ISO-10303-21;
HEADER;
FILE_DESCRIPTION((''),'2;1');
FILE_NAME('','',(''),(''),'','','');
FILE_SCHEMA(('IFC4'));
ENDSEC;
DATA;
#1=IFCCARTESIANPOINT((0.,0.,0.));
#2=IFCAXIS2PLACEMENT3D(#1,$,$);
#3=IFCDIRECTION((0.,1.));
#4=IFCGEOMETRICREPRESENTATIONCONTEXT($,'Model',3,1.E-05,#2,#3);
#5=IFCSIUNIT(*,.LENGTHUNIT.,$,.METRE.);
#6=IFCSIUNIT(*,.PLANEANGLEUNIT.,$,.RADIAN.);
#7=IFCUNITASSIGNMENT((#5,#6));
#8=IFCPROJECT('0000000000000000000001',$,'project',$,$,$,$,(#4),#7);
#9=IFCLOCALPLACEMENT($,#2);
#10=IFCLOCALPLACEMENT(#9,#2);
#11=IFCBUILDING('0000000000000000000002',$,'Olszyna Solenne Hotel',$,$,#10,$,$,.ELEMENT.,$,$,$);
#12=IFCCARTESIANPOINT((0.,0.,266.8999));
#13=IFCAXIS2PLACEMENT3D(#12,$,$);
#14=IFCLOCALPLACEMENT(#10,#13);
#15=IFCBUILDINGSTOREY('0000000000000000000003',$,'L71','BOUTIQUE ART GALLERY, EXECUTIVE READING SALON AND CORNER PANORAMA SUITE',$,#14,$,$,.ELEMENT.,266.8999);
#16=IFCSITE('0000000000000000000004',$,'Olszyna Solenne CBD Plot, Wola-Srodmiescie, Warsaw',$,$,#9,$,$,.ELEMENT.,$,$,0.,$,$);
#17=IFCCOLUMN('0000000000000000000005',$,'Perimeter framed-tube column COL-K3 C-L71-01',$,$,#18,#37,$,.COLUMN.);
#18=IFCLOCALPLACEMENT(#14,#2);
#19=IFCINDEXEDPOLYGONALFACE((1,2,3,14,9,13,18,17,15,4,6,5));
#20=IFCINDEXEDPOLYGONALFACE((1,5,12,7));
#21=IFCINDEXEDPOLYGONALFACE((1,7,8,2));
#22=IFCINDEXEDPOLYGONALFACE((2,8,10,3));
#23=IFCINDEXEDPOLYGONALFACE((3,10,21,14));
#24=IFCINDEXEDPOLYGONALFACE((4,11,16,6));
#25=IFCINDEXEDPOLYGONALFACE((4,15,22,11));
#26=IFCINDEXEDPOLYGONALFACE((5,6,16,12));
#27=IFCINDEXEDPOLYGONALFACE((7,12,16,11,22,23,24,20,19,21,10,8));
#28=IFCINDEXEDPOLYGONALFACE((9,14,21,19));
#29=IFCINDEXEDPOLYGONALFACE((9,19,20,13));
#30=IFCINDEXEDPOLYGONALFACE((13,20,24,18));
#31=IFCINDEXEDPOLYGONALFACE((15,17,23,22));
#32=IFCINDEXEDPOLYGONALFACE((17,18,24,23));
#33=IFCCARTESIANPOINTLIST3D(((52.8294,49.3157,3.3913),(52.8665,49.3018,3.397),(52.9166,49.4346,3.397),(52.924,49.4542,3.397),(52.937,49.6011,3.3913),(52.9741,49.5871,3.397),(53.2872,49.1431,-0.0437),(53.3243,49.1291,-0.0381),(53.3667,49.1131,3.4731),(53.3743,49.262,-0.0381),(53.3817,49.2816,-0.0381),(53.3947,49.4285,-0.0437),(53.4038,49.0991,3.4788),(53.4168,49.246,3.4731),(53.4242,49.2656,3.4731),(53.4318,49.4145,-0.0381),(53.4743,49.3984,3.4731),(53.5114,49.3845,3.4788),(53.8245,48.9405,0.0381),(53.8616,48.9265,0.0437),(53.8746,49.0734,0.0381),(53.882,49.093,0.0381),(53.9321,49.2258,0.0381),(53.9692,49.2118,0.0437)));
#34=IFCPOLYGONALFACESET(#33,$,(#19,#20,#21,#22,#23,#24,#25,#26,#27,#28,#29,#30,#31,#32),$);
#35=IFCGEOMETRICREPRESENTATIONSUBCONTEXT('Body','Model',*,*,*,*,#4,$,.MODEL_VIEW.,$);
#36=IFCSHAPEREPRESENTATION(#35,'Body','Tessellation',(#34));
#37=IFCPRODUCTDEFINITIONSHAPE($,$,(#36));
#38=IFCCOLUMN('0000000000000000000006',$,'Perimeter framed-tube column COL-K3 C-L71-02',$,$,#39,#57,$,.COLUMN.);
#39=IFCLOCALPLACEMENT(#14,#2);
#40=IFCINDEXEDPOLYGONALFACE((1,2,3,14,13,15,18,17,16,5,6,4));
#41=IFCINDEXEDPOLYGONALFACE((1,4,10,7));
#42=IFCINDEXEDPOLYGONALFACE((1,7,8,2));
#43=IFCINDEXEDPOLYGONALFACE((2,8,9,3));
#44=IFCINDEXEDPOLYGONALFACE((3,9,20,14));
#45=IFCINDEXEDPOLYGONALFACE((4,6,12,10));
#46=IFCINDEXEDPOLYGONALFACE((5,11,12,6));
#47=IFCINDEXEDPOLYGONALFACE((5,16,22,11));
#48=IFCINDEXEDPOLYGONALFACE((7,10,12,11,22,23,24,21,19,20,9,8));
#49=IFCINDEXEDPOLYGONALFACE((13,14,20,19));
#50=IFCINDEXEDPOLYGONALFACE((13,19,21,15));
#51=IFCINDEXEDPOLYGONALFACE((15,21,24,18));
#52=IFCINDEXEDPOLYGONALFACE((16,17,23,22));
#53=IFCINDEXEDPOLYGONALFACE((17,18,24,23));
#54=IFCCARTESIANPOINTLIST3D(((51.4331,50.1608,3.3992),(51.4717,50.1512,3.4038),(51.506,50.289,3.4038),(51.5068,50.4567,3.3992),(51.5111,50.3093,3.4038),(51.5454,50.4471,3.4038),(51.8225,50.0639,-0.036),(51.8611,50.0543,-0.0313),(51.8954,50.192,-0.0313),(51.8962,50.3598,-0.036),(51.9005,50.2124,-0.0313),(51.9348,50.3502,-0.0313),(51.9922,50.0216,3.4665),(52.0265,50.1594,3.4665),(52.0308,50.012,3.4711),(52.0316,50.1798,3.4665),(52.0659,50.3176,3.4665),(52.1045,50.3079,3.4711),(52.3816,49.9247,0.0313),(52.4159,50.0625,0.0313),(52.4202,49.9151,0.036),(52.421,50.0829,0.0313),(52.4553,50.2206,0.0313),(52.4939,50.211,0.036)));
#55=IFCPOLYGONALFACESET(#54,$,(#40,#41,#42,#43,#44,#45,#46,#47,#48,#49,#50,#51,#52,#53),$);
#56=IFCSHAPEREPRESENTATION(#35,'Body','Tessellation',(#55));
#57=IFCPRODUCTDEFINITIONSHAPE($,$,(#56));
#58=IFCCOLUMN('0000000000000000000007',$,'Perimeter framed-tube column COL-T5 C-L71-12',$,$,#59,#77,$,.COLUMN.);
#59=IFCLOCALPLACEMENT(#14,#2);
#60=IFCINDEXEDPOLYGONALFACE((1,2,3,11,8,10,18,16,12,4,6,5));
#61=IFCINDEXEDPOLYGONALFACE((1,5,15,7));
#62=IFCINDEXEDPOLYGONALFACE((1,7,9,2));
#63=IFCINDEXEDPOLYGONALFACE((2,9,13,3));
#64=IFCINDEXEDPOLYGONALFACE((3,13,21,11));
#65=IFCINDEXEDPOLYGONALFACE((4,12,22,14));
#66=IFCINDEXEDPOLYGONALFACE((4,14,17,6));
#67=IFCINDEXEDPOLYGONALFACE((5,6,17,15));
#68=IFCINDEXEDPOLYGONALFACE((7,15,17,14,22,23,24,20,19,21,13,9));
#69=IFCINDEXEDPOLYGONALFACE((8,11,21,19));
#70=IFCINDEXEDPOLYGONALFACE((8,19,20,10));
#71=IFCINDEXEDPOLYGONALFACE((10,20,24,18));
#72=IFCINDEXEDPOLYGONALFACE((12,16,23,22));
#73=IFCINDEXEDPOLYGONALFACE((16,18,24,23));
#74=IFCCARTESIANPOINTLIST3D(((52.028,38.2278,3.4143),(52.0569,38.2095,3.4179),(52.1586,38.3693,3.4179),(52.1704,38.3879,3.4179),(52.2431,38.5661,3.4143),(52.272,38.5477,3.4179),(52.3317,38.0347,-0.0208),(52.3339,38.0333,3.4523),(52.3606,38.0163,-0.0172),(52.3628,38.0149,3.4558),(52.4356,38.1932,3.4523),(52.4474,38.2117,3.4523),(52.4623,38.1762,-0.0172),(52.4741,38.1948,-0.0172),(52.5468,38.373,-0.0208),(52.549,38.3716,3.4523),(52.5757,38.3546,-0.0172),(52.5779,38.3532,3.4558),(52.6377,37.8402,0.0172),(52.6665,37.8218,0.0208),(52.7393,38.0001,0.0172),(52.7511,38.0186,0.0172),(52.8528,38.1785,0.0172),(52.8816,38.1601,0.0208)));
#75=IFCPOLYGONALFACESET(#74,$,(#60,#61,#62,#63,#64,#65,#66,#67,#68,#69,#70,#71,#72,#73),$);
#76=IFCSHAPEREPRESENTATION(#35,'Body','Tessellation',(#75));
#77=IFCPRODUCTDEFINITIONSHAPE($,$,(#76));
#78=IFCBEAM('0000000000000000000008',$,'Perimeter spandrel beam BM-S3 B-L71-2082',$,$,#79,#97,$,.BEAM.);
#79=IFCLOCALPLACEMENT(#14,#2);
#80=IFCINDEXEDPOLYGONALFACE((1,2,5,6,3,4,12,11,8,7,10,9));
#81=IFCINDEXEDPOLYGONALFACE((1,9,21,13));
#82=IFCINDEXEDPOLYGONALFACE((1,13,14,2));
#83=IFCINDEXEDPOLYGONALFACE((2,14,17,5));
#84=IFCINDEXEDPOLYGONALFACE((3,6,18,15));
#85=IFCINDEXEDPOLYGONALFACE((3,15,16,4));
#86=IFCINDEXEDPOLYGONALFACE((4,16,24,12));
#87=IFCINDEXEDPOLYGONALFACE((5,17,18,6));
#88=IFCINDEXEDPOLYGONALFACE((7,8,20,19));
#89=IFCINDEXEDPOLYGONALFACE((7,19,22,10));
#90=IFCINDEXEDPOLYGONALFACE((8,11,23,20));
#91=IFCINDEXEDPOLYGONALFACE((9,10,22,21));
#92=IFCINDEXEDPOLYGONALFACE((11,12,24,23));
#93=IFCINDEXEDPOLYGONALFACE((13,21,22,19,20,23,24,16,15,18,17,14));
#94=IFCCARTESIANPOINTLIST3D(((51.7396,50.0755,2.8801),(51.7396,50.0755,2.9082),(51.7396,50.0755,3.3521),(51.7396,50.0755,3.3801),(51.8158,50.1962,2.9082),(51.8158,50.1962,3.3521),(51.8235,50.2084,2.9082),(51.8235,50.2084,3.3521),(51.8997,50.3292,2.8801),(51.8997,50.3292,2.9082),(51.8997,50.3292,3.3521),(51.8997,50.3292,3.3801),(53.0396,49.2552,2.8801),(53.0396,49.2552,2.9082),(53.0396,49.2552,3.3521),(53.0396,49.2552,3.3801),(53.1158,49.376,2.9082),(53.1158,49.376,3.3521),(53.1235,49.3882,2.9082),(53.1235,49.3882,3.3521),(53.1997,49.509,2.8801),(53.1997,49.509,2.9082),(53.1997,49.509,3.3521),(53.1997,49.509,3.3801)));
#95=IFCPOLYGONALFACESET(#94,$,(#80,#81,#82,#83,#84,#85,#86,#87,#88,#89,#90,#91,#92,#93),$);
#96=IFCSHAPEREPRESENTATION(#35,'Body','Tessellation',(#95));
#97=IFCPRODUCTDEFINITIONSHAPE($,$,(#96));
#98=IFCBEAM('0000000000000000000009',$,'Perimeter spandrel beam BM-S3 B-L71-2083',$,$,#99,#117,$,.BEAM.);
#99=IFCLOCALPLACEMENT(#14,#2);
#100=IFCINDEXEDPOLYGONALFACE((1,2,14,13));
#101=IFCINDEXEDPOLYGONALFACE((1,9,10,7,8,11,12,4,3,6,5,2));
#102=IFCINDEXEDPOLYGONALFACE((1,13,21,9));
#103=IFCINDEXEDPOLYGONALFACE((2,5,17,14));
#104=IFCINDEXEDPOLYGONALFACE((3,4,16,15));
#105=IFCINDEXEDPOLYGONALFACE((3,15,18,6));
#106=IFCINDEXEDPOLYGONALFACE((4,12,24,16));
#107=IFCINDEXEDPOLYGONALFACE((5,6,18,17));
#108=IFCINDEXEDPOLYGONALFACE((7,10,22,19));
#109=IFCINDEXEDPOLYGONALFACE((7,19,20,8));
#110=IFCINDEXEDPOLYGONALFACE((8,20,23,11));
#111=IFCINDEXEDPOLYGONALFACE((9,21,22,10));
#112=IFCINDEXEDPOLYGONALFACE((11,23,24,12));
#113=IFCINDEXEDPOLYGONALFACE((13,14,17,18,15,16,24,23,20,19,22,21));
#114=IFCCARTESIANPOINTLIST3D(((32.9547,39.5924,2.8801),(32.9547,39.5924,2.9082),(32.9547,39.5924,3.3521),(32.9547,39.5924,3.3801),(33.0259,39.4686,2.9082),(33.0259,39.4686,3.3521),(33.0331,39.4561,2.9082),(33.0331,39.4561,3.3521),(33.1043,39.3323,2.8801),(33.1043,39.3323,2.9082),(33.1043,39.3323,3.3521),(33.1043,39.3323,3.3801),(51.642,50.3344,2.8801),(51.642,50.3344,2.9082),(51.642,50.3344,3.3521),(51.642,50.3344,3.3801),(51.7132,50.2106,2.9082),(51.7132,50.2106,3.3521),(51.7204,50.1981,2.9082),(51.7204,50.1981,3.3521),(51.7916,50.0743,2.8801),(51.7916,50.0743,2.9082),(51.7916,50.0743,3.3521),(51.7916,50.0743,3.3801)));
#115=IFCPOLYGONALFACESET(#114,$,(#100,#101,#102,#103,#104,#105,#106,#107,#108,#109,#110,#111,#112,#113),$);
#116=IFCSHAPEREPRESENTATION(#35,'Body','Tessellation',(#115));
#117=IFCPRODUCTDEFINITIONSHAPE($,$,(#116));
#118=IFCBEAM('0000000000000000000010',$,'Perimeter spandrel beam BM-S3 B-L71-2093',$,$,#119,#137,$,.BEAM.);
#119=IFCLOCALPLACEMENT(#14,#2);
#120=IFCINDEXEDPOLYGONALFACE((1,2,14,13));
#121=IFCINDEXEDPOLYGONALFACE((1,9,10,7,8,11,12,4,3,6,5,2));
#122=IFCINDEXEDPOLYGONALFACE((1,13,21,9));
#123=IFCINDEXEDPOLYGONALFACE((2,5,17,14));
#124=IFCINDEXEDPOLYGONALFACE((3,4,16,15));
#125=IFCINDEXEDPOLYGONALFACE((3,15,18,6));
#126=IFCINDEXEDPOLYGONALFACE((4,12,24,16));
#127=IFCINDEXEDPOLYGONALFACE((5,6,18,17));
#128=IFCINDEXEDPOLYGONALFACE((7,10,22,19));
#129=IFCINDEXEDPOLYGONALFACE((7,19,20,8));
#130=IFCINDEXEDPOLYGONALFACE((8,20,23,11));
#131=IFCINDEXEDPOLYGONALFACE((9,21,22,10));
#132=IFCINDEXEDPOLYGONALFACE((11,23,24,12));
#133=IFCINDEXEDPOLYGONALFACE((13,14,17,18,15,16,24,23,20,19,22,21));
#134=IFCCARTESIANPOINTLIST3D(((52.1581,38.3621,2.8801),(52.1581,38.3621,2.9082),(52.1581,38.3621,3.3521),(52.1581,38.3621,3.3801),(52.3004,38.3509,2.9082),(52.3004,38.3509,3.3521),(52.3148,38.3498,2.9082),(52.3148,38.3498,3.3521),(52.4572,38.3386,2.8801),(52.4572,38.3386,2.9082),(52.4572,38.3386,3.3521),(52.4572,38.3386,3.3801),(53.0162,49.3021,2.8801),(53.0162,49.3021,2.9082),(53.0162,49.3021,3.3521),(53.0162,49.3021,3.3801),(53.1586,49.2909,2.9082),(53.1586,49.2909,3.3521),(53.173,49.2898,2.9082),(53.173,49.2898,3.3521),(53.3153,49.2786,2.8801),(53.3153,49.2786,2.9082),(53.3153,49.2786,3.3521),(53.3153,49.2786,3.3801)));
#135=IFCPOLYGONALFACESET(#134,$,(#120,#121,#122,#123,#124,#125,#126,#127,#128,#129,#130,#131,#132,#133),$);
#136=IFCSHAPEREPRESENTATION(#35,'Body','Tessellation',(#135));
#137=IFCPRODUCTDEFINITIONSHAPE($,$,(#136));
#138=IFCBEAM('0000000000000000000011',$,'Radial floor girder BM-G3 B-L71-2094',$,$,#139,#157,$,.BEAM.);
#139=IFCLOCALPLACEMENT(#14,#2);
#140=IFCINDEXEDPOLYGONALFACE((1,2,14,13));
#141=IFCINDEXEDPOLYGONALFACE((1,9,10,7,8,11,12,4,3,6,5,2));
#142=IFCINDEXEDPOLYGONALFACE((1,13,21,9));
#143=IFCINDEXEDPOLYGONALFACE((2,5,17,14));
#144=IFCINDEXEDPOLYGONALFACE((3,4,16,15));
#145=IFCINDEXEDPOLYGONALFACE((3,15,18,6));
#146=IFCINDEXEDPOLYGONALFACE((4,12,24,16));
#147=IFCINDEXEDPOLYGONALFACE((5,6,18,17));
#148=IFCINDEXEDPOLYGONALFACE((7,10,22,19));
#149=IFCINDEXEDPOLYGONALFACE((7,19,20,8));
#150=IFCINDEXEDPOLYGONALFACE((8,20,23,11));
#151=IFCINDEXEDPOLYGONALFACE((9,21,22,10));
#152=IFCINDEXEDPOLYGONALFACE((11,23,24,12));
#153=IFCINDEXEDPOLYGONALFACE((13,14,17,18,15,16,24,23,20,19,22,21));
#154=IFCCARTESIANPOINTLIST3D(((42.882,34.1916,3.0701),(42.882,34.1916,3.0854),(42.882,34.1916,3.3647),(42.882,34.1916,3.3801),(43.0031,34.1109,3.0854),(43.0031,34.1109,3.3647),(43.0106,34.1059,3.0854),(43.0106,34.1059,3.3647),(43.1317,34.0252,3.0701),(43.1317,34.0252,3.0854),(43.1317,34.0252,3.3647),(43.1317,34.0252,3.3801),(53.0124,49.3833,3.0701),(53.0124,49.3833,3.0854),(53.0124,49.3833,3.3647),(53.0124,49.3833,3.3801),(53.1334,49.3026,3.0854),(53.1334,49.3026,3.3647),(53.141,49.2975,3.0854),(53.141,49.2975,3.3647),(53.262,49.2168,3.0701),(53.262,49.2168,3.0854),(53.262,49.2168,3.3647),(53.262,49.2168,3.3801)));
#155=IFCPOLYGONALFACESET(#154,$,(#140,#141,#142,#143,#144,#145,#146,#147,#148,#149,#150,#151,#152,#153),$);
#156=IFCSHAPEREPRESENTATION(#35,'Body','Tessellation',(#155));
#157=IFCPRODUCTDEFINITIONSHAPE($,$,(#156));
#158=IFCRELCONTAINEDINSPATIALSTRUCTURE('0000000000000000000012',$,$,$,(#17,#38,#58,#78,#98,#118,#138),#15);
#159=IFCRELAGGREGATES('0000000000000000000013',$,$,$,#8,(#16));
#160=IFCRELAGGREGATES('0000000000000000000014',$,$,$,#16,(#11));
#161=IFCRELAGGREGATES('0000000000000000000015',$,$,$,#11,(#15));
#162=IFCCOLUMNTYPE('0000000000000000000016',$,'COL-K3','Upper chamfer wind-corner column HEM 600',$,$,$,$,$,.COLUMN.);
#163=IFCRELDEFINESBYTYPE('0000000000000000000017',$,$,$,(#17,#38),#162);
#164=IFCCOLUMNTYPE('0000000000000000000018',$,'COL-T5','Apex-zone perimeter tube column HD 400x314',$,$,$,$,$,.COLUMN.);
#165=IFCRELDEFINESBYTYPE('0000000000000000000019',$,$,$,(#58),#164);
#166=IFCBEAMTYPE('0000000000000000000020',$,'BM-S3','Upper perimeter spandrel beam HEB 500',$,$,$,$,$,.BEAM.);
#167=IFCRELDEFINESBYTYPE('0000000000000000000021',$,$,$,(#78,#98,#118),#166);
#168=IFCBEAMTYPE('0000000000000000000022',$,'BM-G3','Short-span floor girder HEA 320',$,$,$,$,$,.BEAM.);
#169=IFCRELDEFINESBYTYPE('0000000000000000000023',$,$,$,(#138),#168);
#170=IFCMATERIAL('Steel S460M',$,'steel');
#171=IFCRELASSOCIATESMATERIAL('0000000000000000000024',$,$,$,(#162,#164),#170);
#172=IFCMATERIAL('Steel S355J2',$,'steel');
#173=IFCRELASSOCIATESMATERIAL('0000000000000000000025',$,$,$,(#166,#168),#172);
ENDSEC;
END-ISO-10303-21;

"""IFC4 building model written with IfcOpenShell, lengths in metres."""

from ifc_helpers import new_model, si_unit, direction, frame, origin, origin_2d, place, context, subcontext, project, spatial, i_section, extrude, source, transform, mapped, material, material_profile, profile_set, type_object, element, save


model = new_model("IFC4")

# Units and contexts
model_context = context("Model", 3, precision=1e-05, world=origin(), true_north=direction((0.0, 1.0)))
body_context = subcontext(model_context, "Body", "Model", "MODEL_VIEW")
ifc_project = project(units=[si_unit("LENGTHUNIT", "METRE"), si_unit("PLANEANGLEUNIT", "RADIAN")], contexts=[model_context])

# Site, building, storey
site_placement = place(None, origin())
site = spatial("IfcSite", under=ifc_project, at=site_placement, Name="Olszyna Solenne CBD Plot, Wola-Srodmiescie, Warsaw", CompositionType="ELEMENT", RefElevation=0.0)
building_placement = place(site_placement, origin())
building = spatial("IfcBuilding", under=site, at=building_placement, Name="Olszyna Solenne Hotel", CompositionType="ELEMENT")
storey_placement = place(building_placement, frame((0.0, 0.0, 266.8999)))
storey = spatial("IfcBuildingStorey", under=building, at=storey_placement, Name="L71", Description="BOUTIQUE ART GALLERY, EXECUTIVE READING SALON AND CORNER PANORAMA SUITE", CompositionType="ELEMENT", Elevation=266.8999)

# Columns
ifc_material_1 = material(Name="Steel S460M", Category="steel")
ifc_material_profile_1 = material_profile(ifc_material_1, i_section(OverallWidth=0.3049, OverallDepth=0.6201, WebThickness=0.021, FlangeThickness=0.04, at=origin_2d()), Name="HEM 600", Category="load-bearing")
ifc_profile_set_1 = profile_set([ifc_material_profile_1], Name="Steel S460M")
column_type_1 = type_object("IfcColumnType", Name="COL-K3", Description="Upper chamfer wind-corner column HEM 600", PredefinedType="COLUMN", material=ifc_profile_set_1)
shared_shape_1 = source(origin(), body_context, "Body", "SweptSolid", [
    extrude(i_section(OverallWidth=0.3049, OverallDepth=0.6201, WebThickness=0.021, FlangeThickness=0.04, at=origin_2d()), origin(), (0.0, 0.0, 1.0), 3.4697),
])
column_1_placement = place(storey_placement, frame((53.6282, 49.1775, 0.0), z_axis=(-0.131931, 0.049747, 0.99001), x_axis=(-0.352818, -0.935692, 0.0)))
element("IfcColumn", 1, at=column_1_placement, inside=storey, type_object=column_type_1, Name="Perimeter framed-tube column COL-K3 C-L71-01", PredefinedType="COLUMN", context=body_context, shape_type="MappedRepresentation", body=[
    mapped(shared_shape_1, transform((0.0, 0.0, 0.0), x_axis=(1.0, 0.0, 0.0), y_axis=(0.0, 1.0, 0.0), z_axis=(0.0, 0.0, 1.0), scale=1.0)),
])
shared_shape_2 = source(origin(), body_context, "Body", "SweptSolid", [
    extrude(i_section(OverallWidth=0.3049, OverallDepth=0.6201, WebThickness=0.021, FlangeThickness=0.04, at=origin_2d()), origin(), (0.0, 0.0, 1.0), 3.4585),
])
column_2_placement = place(storey_placement, frame((52.1582, 50.1375, 0.0), z_axis=(-0.112596, 0.028025, 0.993246), x_axis=(-0.241533, -0.970392, 0.0)))
element("IfcColumn", 2, at=column_2_placement, inside=storey, type_object=column_type_1, Name="Perimeter framed-tube column COL-K3 C-L71-02", PredefinedType="COLUMN", context=body_context, shape_type="MappedRepresentation", body=[
    mapped(shared_shape_2, transform((0.0, 0.0, 0.0), x_axis=(1.0, 0.0, 0.0), y_axis=(0.0, 1.0, 0.0), z_axis=(0.0, 0.0, 1.0), scale=1.0)),
])
ifc_material_profile_2 = material_profile(ifc_material_1, i_section(OverallWidth=0.4009, OverallDepth=0.3989, WebThickness=0.022, FlangeThickness=0.0344, at=origin_2d()), Name="HD 400x314", Category="load-bearing")
ifc_profile_set_2 = profile_set([ifc_material_profile_2], Name="Steel S460M")
column_type_2 = type_object("IfcColumnType", Name="COL-T5", Description="Apex-zone perimeter tube column HD 400x314", PredefinedType="COLUMN", material=ifc_profile_set_2)
shared_shape_3 = source(origin(), body_context, "Body", "SweptSolid", [
    extrude(i_section(OverallWidth=0.4009, OverallDepth=0.3989, WebThickness=0.022, FlangeThickness=0.0344, at=origin_2d()), origin(), (0.0, 0.0, 1.0), 3.4539),
])
column_3_placement = place(storey_placement, frame((52.6067, 38.0974, 0.0), z_axis=(-0.087934, 0.055913, 0.994556), x_axis=(-0.536568, -0.843857, 0.0)))
element("IfcColumn", 3, at=column_3_placement, inside=storey, type_object=column_type_2, Name="Perimeter framed-tube column COL-T5 C-L71-12", PredefinedType="COLUMN", context=body_context, shape_type="MappedRepresentation", body=[
    mapped(shared_shape_3, transform((0.0, 0.0, 0.0), x_axis=(1.0, 0.0, 0.0), y_axis=(0.0, 1.0, 0.0), z_axis=(0.0, 0.0, 1.0), scale=1.0)),
])

# Beams
ifc_material_2 = material(Name="Steel S355J2", Category="steel")
ifc_material_profile_3 = material_profile(ifc_material_2, i_section(OverallWidth=0.3, OverallDepth=0.5, WebThickness=0.0144, FlangeThickness=0.0281, at=origin_2d()), Name="HEB 500", Category="load-bearing")
ifc_profile_set_3 = profile_set([ifc_material_profile_3], Name="Steel S355J2")
beam_type_1 = type_object("IfcBeamType", Name="BM-S3", Description="Upper perimeter spandrel beam HEB 500", PredefinedType="BEAM", material=ifc_profile_set_3)
shared_shape_4 = source(origin(), body_context, "Body", "SweptSolid", [
    extrude(i_section(OverallWidth=0.3, OverallDepth=0.5, WebThickness=0.0144, FlangeThickness=0.0281, at=origin_2d()), origin(), (0.0, 0.0, 1.0), 1.5371),
])
beam_1_placement = place(storey_placement, frame((53.1196, 49.3821, 3.1301), z_axis=(-0.845715, 0.533634, 0.0), x_axis=(-0.533634, -0.845715, 0.0)))
element("IfcBeam", 4, at=beam_1_placement, inside=storey, type_object=beam_type_1, Name="Perimeter spandrel beam BM-S3 B-L71-2082", PredefinedType="BEAM", context=body_context, shape_type="MappedRepresentation", body=[
    mapped(shared_shape_4, transform((0.0, 0.0, 0.0), x_axis=(1.0, 0.0, 0.0), y_axis=(0.0, 1.0, 0.0), z_axis=(0.0, 0.0, 1.0), scale=1.0)),
])
shared_shape_5 = source(origin(), body_context, "Body", "SweptSolid", [
    extrude(i_section(OverallWidth=0.3, OverallDepth=0.5, WebThickness=0.0144, FlangeThickness=0.0281, at=origin_2d()), origin(), (0.0, 0.0, 1.0), 21.5547),
])
beam_2_placement = place(storey_placement, frame((51.7168, 50.2043, 3.1301), z_axis=(-0.866971, -0.498359, 0.0), x_axis=(0.498359, -0.866971, 0.0)))
element("IfcBeam", 5, at=beam_2_placement, inside=storey, type_object=beam_type_1, Name="Perimeter spandrel beam BM-S3 B-L71-2083", PredefinedType="BEAM", context=body_context, shape_type="MappedRepresentation", body=[
    mapped(shared_shape_5, transform((0.0, 0.0, 0.0), x_axis=(1.0, 0.0, 0.0), y_axis=(0.0, 1.0, 0.0), z_axis=(0.0, 0.0, 1.0), scale=1.0)),
])
shared_shape_6 = source(origin(), body_context, "Body", "SweptSolid", [
    extrude(i_section(OverallWidth=0.3, OverallDepth=0.5, WebThickness=0.0144, FlangeThickness=0.0281, at=origin_2d()), origin(), (0.0, 0.0, 1.0), 10.9736),
])
beam_3_placement = place(storey_placement, frame((52.3076, 38.3503, 3.1301), z_axis=(0.078202, 0.996938, 0.0), x_axis=(-0.996938, 0.078202, 0.0)))
element("IfcBeam", 6, at=beam_3_placement, inside=storey, type_object=beam_type_1, Name="Perimeter spandrel beam BM-S3 B-L71-2093", PredefinedType="BEAM", context=body_context, shape_type="MappedRepresentation", body=[
    mapped(shared_shape_6, transform((0.0, 0.0, 0.0), x_axis=(1.0, 0.0, 0.0), y_axis=(0.0, 1.0, 0.0), z_axis=(0.0, 0.0, 1.0), scale=1.0)),
])
ifc_material_profile_4 = material_profile(ifc_material_2, i_section(OverallWidth=0.3, OverallDepth=0.3101, WebThickness=0.009, FlangeThickness=0.0154, at=origin_2d()), Name="HEA 320", Category="load-bearing")
ifc_profile_set_4 = profile_set([ifc_material_profile_4], Name="Steel S355J2")
beam_type_2 = type_object("IfcBeamType", Name="BM-G3", Description="Short-span floor girder HEA 320", PredefinedType="BEAM", material=ifc_profile_set_4)
shared_shape_7 = source(origin(), body_context, "Body", "SweptSolid", [
    extrude(i_section(OverallWidth=0.3, OverallDepth=0.3101, WebThickness=0.009, FlangeThickness=0.0154, at=origin_2d()), origin(), (0.0, 0.0, 1.0), 18.2595),
])
beam_4_placement = place(storey_placement, frame((53.1372, 49.3, 3.2251), z_axis=(-0.554799, -0.831984, 0.0), x_axis=(0.831984, -0.554799, 0.0)))
element("IfcBeam", 7, at=beam_4_placement, inside=storey, type_object=beam_type_2, Name="Radial floor girder BM-G3 B-L71-2094", PredefinedType="BEAM", context=body_context, shape_type="MappedRepresentation", body=[
    mapped(shared_shape_7, transform((0.0, 0.0, 0.0), x_axis=(1.0, 0.0, 0.0), y_axis=(0.0, 1.0, 0.0), z_axis=(0.0, 0.0, 1.0), scale=1.0)),
])

save(model, "model.ifc")
